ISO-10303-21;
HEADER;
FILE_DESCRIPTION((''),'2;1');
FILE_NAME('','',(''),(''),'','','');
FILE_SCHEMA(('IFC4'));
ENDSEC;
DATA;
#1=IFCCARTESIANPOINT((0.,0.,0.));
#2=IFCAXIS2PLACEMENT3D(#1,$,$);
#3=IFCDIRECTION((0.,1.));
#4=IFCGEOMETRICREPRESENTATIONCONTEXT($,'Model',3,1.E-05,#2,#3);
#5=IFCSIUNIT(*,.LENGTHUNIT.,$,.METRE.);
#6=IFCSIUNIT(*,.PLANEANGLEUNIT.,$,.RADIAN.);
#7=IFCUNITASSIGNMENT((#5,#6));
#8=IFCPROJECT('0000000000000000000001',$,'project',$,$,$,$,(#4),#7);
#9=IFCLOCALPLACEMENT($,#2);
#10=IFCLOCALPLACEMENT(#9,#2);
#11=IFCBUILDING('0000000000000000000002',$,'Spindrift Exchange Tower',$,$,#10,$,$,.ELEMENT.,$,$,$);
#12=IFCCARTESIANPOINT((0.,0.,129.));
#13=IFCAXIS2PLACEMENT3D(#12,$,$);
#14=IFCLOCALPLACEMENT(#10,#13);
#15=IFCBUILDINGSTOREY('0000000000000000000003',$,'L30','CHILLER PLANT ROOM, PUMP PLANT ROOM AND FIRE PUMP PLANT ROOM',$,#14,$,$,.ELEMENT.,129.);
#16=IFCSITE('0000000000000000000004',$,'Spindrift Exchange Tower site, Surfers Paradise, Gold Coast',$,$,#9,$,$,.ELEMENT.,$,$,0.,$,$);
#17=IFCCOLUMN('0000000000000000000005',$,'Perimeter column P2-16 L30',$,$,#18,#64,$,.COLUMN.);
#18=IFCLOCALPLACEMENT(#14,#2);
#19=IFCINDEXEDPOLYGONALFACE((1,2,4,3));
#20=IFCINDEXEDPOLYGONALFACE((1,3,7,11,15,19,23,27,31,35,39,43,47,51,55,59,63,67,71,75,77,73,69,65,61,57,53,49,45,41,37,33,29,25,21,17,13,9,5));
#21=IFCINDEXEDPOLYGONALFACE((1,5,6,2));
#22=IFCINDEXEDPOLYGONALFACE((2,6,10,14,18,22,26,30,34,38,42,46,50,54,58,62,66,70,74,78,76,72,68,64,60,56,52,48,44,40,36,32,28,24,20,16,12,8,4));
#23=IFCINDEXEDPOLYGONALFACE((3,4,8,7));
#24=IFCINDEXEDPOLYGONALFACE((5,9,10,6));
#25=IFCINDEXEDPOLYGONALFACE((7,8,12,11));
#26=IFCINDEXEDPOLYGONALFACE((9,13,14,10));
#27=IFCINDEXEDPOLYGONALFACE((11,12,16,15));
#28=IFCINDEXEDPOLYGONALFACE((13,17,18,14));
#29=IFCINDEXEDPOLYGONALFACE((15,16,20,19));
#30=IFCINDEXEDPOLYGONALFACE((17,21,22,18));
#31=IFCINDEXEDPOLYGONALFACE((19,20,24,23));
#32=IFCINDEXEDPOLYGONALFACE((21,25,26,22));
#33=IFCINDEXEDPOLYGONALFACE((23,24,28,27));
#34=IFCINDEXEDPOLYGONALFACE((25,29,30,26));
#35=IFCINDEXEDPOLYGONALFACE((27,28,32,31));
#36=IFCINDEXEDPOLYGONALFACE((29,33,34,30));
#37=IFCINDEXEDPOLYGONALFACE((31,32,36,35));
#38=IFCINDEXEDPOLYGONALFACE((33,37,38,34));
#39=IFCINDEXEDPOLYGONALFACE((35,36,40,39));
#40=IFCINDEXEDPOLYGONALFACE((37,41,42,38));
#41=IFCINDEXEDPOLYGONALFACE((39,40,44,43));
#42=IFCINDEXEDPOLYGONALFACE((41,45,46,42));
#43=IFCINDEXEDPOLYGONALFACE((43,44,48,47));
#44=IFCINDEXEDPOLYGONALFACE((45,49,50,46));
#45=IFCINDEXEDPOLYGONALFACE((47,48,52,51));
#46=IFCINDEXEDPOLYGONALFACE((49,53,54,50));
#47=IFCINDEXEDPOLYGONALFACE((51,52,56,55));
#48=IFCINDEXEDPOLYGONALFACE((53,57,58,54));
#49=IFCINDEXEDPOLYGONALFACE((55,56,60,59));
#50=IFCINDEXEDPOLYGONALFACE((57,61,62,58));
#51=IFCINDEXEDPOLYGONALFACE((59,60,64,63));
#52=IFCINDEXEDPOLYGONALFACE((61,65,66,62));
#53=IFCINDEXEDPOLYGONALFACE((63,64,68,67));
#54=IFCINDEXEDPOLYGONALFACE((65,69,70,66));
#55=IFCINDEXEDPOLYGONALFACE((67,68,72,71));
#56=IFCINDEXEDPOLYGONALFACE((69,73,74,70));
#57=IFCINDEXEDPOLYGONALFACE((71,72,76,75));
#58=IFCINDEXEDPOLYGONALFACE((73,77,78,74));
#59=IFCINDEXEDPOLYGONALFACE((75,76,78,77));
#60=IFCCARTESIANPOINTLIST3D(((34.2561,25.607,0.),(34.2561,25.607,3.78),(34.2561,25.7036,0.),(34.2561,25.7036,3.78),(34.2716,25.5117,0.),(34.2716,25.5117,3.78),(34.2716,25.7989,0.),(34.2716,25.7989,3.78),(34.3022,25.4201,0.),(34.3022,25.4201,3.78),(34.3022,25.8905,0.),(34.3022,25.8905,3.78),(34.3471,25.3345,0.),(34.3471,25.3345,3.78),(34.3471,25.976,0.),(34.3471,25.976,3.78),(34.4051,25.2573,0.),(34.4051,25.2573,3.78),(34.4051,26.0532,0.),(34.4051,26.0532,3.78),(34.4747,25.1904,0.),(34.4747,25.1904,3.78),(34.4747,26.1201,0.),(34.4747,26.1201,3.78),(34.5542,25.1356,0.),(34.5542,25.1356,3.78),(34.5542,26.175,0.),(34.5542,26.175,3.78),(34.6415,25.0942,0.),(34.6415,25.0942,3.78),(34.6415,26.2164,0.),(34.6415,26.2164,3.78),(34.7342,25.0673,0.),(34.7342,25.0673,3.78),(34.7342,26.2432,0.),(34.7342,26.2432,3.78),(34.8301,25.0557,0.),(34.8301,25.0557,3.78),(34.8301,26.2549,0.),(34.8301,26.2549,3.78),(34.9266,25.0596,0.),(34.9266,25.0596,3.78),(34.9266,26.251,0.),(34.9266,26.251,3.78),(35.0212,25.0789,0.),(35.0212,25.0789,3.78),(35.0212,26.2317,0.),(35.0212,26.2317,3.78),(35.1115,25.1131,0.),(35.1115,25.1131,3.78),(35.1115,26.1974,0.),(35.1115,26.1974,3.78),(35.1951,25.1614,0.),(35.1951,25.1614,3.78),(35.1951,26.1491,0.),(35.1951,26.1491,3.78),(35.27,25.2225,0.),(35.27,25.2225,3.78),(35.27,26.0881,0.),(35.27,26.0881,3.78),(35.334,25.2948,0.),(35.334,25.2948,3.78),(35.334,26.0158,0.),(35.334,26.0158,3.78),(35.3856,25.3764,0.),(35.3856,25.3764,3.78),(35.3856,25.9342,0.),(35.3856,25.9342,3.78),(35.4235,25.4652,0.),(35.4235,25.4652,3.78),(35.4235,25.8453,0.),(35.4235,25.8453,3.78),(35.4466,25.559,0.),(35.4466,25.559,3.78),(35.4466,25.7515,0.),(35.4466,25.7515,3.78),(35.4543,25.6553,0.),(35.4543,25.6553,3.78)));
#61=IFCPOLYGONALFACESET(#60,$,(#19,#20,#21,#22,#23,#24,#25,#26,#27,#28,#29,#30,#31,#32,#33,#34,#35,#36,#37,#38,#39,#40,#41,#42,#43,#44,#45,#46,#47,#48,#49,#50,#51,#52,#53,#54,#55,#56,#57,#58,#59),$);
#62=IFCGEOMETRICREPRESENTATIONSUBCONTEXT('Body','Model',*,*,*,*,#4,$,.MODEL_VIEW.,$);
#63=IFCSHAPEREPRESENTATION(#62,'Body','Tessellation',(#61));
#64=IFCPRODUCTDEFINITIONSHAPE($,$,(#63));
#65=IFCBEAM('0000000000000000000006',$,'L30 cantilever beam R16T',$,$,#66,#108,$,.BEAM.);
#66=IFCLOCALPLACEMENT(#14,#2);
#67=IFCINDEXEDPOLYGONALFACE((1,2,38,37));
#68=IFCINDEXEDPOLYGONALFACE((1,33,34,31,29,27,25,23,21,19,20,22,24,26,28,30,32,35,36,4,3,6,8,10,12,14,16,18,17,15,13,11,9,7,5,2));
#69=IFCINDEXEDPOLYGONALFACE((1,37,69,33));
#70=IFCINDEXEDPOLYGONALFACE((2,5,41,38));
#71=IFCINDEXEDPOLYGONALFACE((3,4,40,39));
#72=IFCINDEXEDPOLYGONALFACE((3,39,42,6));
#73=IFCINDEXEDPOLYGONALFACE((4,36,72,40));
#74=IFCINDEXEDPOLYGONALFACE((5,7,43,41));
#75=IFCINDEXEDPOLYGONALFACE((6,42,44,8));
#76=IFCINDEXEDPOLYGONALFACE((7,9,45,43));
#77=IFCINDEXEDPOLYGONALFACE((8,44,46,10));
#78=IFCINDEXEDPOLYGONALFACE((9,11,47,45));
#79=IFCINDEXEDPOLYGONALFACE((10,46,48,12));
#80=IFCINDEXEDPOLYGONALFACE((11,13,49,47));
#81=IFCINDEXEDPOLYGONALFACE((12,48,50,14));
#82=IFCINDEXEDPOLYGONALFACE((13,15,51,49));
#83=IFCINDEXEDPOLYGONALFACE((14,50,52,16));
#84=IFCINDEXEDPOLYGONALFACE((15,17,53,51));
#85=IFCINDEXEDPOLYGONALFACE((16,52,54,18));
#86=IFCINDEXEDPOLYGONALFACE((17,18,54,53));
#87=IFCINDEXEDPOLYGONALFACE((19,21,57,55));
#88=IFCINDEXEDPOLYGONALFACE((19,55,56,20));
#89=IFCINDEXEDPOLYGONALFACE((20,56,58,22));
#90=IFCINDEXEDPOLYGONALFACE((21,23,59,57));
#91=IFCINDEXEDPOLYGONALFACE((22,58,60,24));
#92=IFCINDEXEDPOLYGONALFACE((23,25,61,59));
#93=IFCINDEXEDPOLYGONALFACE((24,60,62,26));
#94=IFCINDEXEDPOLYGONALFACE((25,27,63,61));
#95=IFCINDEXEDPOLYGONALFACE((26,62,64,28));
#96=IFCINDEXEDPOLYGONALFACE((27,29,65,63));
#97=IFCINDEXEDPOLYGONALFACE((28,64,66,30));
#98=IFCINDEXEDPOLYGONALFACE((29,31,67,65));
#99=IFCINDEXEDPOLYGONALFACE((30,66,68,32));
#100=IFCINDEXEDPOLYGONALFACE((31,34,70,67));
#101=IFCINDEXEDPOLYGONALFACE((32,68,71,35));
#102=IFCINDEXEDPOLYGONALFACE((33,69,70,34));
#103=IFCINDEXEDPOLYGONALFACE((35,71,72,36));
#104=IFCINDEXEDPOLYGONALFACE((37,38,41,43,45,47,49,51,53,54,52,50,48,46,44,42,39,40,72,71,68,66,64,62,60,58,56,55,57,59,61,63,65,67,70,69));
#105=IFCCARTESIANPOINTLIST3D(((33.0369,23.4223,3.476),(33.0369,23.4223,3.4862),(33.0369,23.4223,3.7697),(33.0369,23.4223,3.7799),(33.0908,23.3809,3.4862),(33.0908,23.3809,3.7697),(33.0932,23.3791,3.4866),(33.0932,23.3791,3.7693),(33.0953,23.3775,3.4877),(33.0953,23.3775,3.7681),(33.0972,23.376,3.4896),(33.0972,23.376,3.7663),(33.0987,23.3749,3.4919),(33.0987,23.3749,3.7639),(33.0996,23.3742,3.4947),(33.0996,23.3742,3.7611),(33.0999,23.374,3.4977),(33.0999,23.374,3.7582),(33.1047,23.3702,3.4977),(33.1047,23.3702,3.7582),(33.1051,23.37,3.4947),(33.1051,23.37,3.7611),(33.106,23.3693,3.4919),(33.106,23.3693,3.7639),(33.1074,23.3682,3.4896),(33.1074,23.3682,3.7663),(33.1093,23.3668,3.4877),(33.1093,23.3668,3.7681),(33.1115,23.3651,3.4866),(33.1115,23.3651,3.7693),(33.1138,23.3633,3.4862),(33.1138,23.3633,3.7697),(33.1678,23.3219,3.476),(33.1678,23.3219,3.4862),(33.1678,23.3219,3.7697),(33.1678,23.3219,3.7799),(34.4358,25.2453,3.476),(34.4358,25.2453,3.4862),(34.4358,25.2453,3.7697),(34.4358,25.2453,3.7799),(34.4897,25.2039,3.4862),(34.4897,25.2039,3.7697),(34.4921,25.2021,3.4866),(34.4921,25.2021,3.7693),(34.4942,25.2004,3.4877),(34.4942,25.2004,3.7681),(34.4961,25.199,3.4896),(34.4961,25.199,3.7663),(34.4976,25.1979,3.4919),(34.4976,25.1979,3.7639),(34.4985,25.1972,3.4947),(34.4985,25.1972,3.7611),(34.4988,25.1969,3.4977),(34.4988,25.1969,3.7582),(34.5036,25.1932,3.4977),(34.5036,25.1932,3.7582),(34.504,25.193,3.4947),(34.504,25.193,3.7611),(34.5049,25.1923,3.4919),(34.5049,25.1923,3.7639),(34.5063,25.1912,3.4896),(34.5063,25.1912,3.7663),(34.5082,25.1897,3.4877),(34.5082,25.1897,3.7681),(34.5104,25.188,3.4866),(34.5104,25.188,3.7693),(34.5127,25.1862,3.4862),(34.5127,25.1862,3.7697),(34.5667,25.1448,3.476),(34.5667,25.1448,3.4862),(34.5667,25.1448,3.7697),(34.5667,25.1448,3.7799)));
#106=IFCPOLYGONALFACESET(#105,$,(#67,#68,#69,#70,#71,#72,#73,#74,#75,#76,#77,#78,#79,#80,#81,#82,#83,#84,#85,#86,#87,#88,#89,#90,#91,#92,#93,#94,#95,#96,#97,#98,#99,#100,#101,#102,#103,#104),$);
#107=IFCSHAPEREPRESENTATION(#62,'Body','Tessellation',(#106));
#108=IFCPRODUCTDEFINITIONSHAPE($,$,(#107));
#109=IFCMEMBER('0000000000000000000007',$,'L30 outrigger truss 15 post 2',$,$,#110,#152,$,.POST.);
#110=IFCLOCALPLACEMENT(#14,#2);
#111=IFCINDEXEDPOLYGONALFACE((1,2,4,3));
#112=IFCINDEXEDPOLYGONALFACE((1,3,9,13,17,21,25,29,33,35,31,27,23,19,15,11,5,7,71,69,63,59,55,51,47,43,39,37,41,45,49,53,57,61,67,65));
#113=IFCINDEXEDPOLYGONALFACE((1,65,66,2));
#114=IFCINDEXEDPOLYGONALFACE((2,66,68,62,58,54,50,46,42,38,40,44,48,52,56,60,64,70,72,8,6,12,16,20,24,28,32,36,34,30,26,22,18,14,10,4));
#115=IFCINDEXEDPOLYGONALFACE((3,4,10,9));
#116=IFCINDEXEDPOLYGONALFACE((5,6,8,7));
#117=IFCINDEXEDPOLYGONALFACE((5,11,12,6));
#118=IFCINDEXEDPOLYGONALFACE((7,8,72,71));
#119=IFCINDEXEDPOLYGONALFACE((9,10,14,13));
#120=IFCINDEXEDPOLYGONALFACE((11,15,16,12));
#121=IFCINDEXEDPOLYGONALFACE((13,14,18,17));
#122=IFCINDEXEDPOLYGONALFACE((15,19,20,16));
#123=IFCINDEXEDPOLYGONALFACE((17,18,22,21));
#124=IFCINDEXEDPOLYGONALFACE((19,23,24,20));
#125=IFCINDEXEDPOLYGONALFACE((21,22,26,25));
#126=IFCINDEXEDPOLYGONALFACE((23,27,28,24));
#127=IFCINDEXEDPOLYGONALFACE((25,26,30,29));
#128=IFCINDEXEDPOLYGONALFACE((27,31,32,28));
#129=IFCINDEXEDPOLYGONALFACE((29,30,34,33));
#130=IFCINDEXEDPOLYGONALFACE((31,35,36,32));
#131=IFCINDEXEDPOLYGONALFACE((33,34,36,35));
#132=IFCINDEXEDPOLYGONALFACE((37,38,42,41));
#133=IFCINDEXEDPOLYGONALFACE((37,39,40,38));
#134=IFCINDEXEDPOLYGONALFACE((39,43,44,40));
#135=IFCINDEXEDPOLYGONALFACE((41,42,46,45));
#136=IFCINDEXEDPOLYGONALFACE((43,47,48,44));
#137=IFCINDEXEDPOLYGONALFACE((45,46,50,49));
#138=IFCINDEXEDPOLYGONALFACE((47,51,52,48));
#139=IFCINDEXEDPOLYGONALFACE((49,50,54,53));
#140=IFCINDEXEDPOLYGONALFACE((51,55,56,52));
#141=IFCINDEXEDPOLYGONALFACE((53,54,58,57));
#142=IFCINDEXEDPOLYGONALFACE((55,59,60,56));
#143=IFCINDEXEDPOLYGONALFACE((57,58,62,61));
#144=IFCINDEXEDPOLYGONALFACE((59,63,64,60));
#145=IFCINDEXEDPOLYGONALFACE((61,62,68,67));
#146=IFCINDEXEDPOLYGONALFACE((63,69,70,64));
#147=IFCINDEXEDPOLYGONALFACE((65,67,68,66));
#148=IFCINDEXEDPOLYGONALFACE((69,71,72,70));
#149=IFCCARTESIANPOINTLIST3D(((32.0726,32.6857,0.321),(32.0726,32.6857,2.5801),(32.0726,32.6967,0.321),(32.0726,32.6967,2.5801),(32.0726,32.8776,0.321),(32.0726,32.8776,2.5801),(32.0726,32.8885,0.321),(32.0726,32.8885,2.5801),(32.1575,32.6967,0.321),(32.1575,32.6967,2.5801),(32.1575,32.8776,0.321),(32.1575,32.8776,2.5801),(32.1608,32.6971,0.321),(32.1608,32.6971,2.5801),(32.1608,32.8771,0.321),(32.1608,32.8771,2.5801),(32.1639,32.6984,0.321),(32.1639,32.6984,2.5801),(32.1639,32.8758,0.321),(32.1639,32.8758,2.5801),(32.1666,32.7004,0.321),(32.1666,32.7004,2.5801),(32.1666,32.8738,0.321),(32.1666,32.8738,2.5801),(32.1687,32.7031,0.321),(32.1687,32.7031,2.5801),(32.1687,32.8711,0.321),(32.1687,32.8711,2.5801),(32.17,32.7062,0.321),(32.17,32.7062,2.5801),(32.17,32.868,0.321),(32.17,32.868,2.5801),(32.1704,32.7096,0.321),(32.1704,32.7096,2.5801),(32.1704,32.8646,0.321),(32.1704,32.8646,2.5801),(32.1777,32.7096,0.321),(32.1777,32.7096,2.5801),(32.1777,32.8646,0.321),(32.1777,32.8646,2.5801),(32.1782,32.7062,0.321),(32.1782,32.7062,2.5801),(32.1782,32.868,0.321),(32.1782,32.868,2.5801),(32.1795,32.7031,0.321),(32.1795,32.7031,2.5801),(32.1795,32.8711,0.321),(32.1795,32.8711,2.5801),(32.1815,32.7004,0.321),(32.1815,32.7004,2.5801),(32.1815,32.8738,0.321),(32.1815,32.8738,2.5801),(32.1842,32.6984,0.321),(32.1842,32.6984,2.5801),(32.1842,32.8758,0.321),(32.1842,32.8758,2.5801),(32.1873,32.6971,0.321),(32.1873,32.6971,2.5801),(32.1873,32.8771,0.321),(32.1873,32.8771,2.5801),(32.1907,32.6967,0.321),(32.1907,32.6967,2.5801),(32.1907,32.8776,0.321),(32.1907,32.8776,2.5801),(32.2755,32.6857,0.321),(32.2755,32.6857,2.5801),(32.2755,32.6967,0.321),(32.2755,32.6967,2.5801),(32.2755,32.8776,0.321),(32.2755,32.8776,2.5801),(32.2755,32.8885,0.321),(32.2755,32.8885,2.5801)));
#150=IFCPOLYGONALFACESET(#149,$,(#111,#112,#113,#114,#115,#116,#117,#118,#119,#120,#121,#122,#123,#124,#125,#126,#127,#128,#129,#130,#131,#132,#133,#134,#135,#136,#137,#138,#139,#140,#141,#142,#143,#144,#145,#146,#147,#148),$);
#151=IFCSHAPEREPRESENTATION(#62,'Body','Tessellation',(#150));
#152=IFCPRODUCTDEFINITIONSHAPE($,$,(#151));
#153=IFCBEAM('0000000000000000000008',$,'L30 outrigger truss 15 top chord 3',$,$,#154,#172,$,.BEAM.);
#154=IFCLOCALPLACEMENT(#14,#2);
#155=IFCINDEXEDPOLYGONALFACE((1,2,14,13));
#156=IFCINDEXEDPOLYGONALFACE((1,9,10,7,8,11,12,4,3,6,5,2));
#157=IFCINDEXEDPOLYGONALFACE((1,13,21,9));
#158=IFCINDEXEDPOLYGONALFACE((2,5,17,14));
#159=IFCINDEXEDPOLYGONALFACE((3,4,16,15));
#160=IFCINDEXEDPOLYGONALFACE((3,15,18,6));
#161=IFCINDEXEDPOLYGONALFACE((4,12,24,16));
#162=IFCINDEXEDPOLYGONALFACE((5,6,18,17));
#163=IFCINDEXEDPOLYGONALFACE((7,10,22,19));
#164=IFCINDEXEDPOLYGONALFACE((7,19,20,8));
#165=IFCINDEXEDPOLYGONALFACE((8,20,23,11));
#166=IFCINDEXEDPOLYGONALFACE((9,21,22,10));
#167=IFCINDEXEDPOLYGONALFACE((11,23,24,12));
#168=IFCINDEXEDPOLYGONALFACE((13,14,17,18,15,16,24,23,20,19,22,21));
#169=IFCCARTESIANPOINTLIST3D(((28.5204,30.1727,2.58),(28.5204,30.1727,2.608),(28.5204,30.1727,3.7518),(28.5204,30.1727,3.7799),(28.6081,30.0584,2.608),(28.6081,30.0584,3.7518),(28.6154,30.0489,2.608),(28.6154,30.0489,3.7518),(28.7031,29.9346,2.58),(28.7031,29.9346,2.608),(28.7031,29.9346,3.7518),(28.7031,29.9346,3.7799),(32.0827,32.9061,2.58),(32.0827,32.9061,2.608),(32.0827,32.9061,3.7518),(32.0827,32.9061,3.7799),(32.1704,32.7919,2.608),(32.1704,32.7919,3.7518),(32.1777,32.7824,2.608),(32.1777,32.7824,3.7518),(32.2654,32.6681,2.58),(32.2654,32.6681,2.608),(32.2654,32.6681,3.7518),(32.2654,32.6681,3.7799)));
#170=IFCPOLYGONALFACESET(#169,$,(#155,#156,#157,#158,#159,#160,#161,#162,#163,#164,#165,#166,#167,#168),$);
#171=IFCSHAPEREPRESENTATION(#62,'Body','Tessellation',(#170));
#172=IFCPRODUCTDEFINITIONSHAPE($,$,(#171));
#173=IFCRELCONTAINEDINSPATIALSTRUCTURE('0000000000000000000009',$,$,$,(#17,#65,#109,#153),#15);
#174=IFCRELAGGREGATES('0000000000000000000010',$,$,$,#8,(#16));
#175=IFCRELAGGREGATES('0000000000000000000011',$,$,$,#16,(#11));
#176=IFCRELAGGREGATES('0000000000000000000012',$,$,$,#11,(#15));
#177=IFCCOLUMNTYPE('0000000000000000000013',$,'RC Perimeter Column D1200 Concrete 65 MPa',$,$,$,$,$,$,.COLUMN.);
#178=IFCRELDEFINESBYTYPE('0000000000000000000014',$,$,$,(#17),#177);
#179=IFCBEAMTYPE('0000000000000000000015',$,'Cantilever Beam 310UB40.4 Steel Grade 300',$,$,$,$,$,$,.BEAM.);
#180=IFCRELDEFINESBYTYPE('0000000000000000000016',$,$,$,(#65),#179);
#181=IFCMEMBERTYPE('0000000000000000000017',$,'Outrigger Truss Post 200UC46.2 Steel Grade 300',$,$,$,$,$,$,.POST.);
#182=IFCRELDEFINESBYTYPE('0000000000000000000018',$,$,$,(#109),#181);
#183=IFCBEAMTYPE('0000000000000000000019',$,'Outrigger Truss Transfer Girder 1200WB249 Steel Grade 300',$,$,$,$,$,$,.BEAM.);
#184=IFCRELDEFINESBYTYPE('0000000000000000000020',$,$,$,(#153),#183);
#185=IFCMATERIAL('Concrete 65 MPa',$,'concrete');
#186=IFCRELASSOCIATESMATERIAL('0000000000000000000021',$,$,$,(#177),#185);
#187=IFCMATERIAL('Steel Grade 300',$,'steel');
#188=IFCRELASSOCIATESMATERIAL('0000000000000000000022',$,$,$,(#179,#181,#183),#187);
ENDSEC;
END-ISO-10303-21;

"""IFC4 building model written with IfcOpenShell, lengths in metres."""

from ifc_helpers import new_model, si_unit, direction, frame, origin, origin_2d, place, context, subcontext, project, spatial, circle, i_section, extrude, source, transform, mapped, material, material_profile, profile_set, type_object, element, save


model = new_model("IFC4")

# Units and contexts
model_context = context("Model", 3, precision=1e-05, world=origin(), true_north=direction((0.0, 1.0)))
body_context = subcontext(model_context, "Body", "Model", "MODEL_VIEW")
ifc_project = project(units=[si_unit("LENGTHUNIT", "METRE"), si_unit("PLANEANGLEUNIT", "RADIAN")], contexts=[model_context])

# Site, building, storey
site_placement = place(None, origin())
site = spatial("IfcSite", under=ifc_project, at=site_placement, Name="Spindrift Exchange Tower site, Surfers Paradise, Gold Coast", CompositionType="ELEMENT", RefElevation=0.0)
building_placement = place(site_placement, origin())
building = spatial("IfcBuilding", under=site, at=building_placement, Name="Spindrift Exchange Tower", CompositionType="ELEMENT")
storey_placement = place(building_placement, frame((0.0, 0.0, 129.0)))
storey = spatial("IfcBuildingStorey", under=building, at=storey_placement, Name="L30", Description="CHILLER PLANT ROOM, PUMP PLANT ROOM AND FIRE PUMP PLANT ROOM", CompositionType="ELEMENT", Elevation=129.0)

# Column
ifc_material_1 = material(Name="Concrete 65 MPa", Category="concrete")
ifc_material_profile_1 = material_profile(ifc_material_1, circle(Radius=0.6001, at=origin_2d()), Name="RC D1200")
ifc_profile_set_1 = profile_set([ifc_material_profile_1], Name="Concrete 65 MPa")
column_type = type_object("IfcColumnType", Name="RC Perimeter Column D1200 Concrete 65 MPa", PredefinedType="COLUMN", material=ifc_profile_set_1)
shared_shape_1 = source(origin(), body_context, "Body", "SweptSolid", [
    extrude(circle(Radius=0.6001, at=origin_2d()), origin(), (0.0, 0.0, 1.0), 3.78),
])
column_placement = place(storey_placement, frame((34.8542, 25.6553, 0.0), z_axis=(0.0, 0.0, 1.0), x_axis=(1.0, 0.0, 0.0)))
element("IfcColumn", 1, at=column_placement, inside=storey, type_object=column_type, Name="Perimeter column P2-16 L30", PredefinedType="COLUMN", context=body_context, shape_type="MappedRepresentation", body=[
    mapped(shared_shape_1, transform((0.0, 0.0, 0.0), scale=1.0)),
])

# Beam
ifc_material_2 = material(Name="Steel Grade 300", Category="steel")
ifc_material_profile_2 = material_profile(ifc_material_2, i_section(OverallWidth=0.165, OverallDepth=0.304, WebThickness=0.0061, FlangeThickness=0.0103, FilletRadius=0.0115, at=origin_2d()), Name="310UB40.4")
ifc_profile_set_2 = profile_set([ifc_material_profile_2], Name="Steel Grade 300")
beam_type_1 = type_object("IfcBeamType", Name="Cantilever Beam 310UB40.4 Steel Grade 300", PredefinedType="BEAM", material=ifc_profile_set_2)
shared_shape_2 = source(origin(), body_context, "Body", "SweptSolid", [
    extrude(i_section(OverallWidth=0.165, OverallDepth=0.304, WebThickness=0.0061, FlangeThickness=0.0103, FilletRadius=0.0115, at=origin_2d()), origin(), (0.0, 0.0, 1.0), 2.2979),
])
beam_1_placement = place(storey_placement, frame((34.5012, 25.1951, 3.6279), z_axis=(-0.608786, -0.793334, 0.0), x_axis=(0.793334, -0.608786, 0.0)))
element("IfcBeam", 2, at=beam_1_placement, inside=storey, type_object=beam_type_1, Name="L30 cantilever beam R16T", PredefinedType="BEAM", context=body_context, shape_type="MappedRepresentation", body=[
    mapped(shared_shape_2, transform((0.0, 0.0, 0.0), scale=1.0)),
])

# Member
ifc_material_profile_3 = material_profile(ifc_material_2, i_section(OverallWidth=0.2029, OverallDepth=0.2029, WebThickness=0.0073, FlangeThickness=0.011, FilletRadius=0.0129, at=origin_2d()), Name="200UC46.2")
ifc_profile_set_3 = profile_set([ifc_material_profile_3], Name="Steel Grade 300")
member_type_1 = type_object("IfcMemberType", Name="Outrigger Truss Post 200UC46.2 Steel Grade 300", PredefinedType="POST", material=ifc_profile_set_3)
shared_shape_3 = source(origin(), body_context, "Body", "SweptSolid", [
    extrude(i_section(OverallWidth=0.2029, OverallDepth=0.2029, WebThickness=0.0073, FlangeThickness=0.011, FilletRadius=0.0129, at=origin_2d()), origin(), (0.0, 0.0, 1.0), 2.259),
])
member_1_placement = place(storey_placement, frame((32.1741, 32.7871, 0.321), z_axis=(0.0, 0.0, 1.0), x_axis=(1.0, 0.0, 0.0)))
element("IfcMember", 3, at=member_1_placement, inside=storey, type_object=member_type_1, Name="L30 outrigger truss 15 post 2", PredefinedType="POST", context=body_context, shape_type="MappedRepresentation", body=[
    mapped(shared_shape_3, transform((0.0, 0.0, 0.0), scale=1.0)),
])

# Beam
ifc_material_profile_4 = material_profile(ifc_material_2, i_section(OverallWidth=0.3, OverallDepth=1.2, WebThickness=0.012, FlangeThickness=0.0281, at=origin_2d()), Name="1200WB249")
ifc_profile_set_4 = profile_set([ifc_material_profile_4], Name="Steel Grade 300")
beam_type_2 = type_object("IfcBeamType", Name="Outrigger Truss Transfer Girder 1200WB249 Steel Grade 300", PredefinedType="BEAM", material=ifc_profile_set_4)
shared_shape_4 = source(origin(), body_context, "Body", "SweptSolid", [
    extrude(i_section(OverallWidth=0.3, OverallDepth=1.2, WebThickness=0.012, FlangeThickness=0.0281, at=origin_2d()), origin(), (0.0, 0.0, 1.0), 4.4902),
])
beam_2_placement = place(storey_placement, frame((32.1741, 32.7871, 3.1799), z_axis=(-0.793355, -0.608759, 0.0), x_axis=(0.608759, -0.793355, 0.0)))
element("IfcBeam", 4, at=beam_2_placement, inside=storey, type_object=beam_type_2, Name="L30 outrigger truss 15 top chord 3", PredefinedType="BEAM", context=body_context, shape_type="MappedRepresentation", body=[
    mapped(shared_shape_4, transform((0.0, 0.0, 0.0), scale=1.0)),
])

save(model, "model.ifc")
